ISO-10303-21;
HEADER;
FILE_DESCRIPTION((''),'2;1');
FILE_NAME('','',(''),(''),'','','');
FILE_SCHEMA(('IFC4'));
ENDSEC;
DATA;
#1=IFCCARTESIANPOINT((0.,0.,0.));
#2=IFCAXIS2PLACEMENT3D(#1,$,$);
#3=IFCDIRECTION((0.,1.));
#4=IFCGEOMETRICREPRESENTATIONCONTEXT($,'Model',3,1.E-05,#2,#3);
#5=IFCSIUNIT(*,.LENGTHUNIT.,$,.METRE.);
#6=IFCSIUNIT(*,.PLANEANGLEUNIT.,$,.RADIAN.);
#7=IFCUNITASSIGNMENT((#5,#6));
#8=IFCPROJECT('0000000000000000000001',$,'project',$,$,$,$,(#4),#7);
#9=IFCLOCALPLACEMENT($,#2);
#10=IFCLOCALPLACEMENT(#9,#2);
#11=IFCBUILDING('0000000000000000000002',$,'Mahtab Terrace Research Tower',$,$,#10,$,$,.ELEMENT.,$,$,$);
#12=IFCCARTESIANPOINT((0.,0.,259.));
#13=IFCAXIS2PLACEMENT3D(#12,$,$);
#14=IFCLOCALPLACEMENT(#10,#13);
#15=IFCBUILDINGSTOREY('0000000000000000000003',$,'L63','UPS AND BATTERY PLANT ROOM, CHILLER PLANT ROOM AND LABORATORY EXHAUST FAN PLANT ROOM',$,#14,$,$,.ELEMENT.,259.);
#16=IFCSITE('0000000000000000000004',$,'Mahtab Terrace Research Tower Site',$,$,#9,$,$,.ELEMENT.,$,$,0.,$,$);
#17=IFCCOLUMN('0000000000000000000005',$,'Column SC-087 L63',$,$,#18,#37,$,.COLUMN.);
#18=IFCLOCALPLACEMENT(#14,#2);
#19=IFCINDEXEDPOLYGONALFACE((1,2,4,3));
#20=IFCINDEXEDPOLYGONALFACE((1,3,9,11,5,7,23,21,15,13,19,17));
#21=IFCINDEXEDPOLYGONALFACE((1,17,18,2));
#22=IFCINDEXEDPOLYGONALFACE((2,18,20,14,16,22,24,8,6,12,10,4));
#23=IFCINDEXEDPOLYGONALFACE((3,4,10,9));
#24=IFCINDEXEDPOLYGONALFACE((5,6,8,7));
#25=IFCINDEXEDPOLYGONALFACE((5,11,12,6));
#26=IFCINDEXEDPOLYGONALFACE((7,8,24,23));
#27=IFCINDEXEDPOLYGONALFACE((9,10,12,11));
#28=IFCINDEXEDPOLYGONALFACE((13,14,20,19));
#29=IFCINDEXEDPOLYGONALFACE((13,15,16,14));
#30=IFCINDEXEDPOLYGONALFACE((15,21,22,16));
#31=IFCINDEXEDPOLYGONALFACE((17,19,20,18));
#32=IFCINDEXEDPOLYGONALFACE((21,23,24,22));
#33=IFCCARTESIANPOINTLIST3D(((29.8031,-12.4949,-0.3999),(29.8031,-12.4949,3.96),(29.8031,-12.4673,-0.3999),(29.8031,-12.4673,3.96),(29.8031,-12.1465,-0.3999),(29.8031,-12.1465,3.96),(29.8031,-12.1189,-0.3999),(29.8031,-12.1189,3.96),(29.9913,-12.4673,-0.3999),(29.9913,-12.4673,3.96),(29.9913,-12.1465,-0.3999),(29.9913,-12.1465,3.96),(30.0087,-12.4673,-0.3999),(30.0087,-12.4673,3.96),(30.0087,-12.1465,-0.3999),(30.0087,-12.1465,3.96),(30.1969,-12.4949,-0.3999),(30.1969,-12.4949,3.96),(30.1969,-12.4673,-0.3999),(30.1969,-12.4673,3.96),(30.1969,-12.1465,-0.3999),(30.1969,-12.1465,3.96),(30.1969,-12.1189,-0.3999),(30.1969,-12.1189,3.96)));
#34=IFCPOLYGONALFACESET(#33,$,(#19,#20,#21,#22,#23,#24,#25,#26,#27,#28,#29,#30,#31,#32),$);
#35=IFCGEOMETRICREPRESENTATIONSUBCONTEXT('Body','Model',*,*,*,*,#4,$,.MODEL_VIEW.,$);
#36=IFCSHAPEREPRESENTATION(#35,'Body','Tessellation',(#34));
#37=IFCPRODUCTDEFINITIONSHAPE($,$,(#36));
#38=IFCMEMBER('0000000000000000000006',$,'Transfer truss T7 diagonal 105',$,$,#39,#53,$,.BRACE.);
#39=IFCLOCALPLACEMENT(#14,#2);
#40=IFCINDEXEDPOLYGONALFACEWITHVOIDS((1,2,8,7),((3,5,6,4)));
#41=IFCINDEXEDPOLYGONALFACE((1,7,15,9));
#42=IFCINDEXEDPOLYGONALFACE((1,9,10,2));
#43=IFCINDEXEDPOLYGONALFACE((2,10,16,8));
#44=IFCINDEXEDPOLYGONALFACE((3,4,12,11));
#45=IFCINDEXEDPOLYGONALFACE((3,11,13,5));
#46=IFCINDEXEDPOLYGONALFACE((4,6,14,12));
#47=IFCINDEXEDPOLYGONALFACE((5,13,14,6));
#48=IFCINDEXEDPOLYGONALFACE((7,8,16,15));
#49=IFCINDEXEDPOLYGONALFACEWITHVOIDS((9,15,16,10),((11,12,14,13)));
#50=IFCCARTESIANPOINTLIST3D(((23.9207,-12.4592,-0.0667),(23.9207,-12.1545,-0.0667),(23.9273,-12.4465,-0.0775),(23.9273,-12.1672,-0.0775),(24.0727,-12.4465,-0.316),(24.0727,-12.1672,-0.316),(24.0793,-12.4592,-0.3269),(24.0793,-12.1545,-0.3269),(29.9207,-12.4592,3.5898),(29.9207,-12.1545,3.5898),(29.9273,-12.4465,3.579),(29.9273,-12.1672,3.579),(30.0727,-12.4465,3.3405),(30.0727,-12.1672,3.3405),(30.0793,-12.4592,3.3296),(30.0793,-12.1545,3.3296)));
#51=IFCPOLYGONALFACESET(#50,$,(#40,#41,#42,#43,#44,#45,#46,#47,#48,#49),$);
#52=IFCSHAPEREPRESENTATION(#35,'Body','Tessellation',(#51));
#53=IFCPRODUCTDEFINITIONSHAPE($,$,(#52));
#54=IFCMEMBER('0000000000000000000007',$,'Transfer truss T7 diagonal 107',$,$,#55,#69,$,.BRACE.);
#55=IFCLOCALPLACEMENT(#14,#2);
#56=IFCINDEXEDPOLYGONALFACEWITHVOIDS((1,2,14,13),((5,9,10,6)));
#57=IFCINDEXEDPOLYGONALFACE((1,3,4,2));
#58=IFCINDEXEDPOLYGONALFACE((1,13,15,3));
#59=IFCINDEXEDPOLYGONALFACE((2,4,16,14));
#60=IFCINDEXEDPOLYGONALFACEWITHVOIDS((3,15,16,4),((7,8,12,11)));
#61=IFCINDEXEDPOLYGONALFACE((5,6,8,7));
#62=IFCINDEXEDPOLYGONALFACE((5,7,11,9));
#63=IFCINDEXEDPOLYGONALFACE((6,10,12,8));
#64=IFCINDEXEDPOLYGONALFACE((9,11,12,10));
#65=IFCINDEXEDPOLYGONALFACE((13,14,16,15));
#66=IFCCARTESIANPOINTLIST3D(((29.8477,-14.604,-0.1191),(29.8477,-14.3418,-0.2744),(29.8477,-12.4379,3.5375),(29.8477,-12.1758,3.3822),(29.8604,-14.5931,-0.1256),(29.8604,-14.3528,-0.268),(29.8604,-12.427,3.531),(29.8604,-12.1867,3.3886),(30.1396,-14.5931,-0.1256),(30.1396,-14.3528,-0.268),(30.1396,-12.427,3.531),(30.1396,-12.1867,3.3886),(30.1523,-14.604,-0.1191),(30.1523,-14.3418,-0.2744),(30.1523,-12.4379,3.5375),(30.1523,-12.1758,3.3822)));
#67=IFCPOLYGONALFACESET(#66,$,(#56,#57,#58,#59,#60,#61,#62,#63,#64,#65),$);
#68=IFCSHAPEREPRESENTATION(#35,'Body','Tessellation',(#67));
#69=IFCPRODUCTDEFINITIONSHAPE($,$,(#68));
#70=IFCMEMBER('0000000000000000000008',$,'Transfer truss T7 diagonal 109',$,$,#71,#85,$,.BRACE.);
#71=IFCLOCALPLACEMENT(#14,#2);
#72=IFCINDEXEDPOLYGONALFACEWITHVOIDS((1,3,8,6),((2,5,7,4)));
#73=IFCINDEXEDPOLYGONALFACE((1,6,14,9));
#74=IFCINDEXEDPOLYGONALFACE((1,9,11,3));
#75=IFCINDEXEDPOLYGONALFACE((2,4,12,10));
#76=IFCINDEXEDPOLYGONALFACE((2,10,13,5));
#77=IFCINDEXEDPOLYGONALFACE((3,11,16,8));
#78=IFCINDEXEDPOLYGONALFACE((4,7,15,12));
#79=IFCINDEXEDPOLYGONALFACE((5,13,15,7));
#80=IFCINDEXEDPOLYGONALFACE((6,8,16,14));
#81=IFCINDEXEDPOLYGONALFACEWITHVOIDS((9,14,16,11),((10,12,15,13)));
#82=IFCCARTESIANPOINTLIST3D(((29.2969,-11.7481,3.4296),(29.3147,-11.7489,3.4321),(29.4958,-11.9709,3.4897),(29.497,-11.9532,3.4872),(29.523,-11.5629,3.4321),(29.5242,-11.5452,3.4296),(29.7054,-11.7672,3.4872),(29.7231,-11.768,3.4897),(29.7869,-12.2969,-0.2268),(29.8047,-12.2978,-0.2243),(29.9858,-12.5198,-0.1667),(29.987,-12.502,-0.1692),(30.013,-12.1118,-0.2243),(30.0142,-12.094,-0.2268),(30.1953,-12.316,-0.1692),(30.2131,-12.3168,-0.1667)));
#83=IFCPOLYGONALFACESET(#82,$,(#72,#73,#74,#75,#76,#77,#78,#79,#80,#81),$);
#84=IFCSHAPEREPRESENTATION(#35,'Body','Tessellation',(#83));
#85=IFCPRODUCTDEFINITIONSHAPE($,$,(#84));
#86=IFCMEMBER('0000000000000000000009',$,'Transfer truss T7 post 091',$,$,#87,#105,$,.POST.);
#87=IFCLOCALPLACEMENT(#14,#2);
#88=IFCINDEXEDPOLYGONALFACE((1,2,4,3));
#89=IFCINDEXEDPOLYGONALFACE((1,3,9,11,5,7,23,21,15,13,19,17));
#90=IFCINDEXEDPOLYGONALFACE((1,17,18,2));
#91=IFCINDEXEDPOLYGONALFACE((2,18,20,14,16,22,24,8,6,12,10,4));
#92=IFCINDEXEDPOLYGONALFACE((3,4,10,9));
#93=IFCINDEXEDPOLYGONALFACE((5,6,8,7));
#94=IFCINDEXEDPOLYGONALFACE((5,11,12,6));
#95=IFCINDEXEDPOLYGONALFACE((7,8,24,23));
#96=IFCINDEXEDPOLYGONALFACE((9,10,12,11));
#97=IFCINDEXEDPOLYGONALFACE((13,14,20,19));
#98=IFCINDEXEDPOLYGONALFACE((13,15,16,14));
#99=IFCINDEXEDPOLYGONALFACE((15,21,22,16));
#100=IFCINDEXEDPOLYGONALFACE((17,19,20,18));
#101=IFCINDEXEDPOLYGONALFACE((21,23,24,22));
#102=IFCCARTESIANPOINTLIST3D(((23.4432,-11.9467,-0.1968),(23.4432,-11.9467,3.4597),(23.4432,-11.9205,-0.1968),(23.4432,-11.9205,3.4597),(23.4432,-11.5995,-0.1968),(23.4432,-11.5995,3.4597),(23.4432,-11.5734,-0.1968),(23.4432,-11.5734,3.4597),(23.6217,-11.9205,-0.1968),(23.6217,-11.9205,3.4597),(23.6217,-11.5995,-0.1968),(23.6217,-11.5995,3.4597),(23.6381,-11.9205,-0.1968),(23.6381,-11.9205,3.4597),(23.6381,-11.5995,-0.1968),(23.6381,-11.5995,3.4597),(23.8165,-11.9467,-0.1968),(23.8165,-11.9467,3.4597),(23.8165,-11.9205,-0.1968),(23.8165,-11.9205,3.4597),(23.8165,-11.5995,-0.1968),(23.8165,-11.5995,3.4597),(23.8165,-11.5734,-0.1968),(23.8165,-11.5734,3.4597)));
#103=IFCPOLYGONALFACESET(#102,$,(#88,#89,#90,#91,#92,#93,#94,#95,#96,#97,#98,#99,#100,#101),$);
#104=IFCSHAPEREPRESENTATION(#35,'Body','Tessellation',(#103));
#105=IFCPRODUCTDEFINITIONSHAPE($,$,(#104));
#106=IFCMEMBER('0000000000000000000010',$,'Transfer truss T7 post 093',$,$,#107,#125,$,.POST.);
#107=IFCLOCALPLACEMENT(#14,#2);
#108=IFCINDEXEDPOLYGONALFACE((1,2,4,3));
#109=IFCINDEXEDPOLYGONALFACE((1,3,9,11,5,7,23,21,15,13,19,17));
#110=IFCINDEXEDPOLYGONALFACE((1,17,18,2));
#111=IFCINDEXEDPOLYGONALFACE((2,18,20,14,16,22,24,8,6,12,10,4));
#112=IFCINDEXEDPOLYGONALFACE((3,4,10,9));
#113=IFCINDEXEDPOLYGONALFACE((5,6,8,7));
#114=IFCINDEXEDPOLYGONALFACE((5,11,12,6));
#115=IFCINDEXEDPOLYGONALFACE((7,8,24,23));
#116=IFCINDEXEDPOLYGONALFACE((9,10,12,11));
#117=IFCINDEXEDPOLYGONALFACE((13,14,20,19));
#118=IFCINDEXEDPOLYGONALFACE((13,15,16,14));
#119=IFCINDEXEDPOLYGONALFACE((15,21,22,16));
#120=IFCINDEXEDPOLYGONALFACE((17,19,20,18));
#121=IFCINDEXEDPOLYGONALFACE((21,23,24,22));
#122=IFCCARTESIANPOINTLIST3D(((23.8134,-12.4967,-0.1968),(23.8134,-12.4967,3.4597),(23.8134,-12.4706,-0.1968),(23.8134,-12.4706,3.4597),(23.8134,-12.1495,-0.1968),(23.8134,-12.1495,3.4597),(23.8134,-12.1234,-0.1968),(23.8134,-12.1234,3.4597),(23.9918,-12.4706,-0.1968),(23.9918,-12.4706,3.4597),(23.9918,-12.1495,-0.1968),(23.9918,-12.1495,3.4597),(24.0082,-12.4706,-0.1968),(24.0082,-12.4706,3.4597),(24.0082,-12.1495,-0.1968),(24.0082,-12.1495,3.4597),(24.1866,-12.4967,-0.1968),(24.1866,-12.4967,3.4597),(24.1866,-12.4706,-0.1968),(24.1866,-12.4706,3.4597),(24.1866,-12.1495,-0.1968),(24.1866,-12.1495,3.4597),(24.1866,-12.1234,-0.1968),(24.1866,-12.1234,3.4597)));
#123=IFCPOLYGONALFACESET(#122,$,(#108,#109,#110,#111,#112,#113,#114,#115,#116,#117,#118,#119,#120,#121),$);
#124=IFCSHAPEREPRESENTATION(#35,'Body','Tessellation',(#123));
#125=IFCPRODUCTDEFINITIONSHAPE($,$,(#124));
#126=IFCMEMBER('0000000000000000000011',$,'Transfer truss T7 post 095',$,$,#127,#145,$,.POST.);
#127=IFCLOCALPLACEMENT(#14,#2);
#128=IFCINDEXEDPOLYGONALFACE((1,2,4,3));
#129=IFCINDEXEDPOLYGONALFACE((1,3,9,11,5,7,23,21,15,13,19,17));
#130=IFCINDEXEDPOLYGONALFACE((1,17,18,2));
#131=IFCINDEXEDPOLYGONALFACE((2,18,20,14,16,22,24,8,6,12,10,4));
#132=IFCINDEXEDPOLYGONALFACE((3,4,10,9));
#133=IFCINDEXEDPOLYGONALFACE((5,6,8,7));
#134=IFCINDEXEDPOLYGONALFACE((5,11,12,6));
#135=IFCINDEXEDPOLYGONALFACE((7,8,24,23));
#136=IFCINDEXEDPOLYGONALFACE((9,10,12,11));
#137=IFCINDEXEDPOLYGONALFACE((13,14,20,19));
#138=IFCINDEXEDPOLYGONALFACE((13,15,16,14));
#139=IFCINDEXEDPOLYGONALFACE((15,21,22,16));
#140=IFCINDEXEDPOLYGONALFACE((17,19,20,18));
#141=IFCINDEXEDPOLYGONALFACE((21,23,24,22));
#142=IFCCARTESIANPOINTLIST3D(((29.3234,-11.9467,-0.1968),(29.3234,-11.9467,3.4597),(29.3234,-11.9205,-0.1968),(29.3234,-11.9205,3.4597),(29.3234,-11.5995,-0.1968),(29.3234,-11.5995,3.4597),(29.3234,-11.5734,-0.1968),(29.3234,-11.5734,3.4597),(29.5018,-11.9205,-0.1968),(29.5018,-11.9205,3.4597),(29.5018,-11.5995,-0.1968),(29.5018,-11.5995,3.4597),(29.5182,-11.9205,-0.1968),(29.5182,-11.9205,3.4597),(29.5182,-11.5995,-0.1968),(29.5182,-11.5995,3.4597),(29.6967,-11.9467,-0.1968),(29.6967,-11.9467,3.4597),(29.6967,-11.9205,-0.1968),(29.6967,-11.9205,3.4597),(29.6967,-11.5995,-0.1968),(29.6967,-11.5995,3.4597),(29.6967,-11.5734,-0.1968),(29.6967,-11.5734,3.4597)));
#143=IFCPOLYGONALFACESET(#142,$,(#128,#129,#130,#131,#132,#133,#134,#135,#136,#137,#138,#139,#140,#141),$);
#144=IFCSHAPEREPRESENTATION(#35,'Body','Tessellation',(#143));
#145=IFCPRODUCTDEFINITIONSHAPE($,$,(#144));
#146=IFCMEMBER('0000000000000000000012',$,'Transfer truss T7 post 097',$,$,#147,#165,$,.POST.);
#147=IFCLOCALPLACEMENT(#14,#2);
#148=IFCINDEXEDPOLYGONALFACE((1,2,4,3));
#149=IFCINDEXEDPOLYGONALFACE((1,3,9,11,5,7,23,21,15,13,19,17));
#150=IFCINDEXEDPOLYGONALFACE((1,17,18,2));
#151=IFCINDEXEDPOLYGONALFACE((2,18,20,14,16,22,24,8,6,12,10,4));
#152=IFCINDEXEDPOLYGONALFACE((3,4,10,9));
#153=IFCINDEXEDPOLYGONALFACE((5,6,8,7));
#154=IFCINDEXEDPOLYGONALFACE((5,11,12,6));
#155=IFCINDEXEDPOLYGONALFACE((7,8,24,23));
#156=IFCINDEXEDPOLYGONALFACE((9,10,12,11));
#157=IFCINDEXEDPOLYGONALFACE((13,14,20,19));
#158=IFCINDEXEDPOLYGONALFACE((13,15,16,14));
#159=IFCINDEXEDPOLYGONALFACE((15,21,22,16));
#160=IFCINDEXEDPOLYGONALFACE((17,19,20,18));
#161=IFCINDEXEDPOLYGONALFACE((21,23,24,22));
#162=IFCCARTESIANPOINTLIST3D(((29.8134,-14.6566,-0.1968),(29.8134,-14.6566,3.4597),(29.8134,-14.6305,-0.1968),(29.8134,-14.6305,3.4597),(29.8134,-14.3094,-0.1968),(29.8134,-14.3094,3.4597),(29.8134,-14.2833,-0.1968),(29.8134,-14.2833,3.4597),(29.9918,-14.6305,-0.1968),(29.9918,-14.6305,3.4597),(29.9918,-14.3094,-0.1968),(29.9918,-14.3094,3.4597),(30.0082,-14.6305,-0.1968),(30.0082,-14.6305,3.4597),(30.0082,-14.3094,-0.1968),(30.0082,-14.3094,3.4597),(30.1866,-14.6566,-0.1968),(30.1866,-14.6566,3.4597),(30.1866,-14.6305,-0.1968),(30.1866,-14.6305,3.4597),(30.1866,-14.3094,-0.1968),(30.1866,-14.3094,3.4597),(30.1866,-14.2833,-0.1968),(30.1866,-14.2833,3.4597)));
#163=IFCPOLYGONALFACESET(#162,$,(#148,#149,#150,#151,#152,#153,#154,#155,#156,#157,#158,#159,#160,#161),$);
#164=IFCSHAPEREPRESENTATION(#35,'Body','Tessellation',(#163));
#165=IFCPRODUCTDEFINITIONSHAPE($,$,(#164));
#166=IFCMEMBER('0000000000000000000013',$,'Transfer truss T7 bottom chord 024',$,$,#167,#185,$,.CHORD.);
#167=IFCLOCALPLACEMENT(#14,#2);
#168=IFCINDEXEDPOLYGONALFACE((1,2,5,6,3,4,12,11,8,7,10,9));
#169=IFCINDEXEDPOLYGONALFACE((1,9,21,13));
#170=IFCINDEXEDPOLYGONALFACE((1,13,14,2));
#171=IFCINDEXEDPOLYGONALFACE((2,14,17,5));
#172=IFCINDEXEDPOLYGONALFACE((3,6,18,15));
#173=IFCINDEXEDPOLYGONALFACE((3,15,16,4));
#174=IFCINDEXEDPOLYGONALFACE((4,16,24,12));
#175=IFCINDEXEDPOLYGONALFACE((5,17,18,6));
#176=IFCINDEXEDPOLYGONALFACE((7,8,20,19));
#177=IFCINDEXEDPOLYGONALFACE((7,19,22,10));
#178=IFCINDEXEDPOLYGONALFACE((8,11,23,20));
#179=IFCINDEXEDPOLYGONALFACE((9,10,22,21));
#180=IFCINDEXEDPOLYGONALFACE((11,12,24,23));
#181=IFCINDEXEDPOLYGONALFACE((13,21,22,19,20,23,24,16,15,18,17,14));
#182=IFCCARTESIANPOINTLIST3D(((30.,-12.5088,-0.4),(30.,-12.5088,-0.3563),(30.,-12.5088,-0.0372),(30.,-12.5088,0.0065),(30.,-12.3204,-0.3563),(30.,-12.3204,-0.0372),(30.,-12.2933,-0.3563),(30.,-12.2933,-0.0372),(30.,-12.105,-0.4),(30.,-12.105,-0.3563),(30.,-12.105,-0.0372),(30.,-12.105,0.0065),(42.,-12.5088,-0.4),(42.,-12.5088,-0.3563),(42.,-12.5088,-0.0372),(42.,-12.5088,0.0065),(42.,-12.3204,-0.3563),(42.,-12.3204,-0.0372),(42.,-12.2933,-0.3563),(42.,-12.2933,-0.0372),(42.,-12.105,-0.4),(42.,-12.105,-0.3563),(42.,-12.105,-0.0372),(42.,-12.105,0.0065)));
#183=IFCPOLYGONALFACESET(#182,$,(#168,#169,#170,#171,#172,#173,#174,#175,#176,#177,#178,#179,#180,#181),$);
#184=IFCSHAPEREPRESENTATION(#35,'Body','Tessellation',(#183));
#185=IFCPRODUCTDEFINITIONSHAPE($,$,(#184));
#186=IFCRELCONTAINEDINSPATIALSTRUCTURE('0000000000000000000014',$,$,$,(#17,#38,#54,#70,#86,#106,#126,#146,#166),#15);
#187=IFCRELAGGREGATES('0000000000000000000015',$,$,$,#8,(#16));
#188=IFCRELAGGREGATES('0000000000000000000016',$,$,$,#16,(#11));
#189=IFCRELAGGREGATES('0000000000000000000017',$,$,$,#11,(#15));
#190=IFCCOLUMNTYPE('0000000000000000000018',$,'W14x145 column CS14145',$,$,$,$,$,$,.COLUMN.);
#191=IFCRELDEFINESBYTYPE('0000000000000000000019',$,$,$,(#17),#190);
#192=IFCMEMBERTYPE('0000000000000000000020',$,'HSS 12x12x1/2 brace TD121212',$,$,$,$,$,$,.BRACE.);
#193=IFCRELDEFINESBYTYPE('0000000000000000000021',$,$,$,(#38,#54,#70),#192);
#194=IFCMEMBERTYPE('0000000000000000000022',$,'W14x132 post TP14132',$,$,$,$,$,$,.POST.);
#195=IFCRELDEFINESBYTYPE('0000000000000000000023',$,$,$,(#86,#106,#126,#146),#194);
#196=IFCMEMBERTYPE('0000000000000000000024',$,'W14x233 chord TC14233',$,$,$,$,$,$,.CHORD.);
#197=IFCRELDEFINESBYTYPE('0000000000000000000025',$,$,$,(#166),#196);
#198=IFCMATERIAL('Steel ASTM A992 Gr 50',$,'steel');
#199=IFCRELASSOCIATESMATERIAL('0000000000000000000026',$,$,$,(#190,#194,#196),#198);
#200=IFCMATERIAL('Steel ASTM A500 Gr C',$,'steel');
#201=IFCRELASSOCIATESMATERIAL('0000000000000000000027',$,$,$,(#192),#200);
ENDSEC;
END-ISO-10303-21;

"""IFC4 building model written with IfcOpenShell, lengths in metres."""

from ifc_helpers import new_model, si_unit, direction, frame, origin, origin_2d, place, context, subcontext, project, spatial, hollow_rectangle, i_section, extrude, material, material_profile, profile_set, type_object, element, save


model = new_model("IFC4")

# Units and contexts
model_context = context("Model", 3, precision=1e-05, world=origin(), true_north=direction((0.0, 1.0)))
body_context = subcontext(model_context, "Body", "Model", "MODEL_VIEW")
ifc_project = project(units=[si_unit("LENGTHUNIT", "METRE"), si_unit("PLANEANGLEUNIT", "RADIAN")], contexts=[model_context])

# Site, building, storey
site_placement = place(None, origin())
site = spatial("IfcSite", under=ifc_project, at=site_placement, Name="Mahtab Terrace Research Tower Site", CompositionType="ELEMENT", RefElevation=0.0)
building_placement = place(site_placement, origin())
building = spatial("IfcBuilding", under=site, at=building_placement, Name="Mahtab Terrace Research Tower", CompositionType="ELEMENT")
storey_placement = place(building_placement, frame((0.0, 0.0, 259.0)))
storey = spatial("IfcBuildingStorey", under=building, at=storey_placement, Name="L63", Description="UPS AND BATTERY PLANT ROOM, CHILLER PLANT ROOM AND LABORATORY EXHAUST FAN PLANT ROOM", CompositionType="ELEMENT", Elevation=259.0)

# Column
ifc_material_1 = material(Name="Steel ASTM A992 Gr 50", Category="steel")
ifc_material_profile_1 = material_profile(ifc_material_1, i_section(OverallWidth=0.3938, OverallDepth=0.376, WebThickness=0.0173, FlangeThickness=0.0276, at=origin_2d()), Name="W14X145")
ifc_profile_set_1 = profile_set([ifc_material_profile_1], Name="Steel ASTM A992 Gr 50")
column_type = type_object("IfcColumnType", Name="W14x145 column CS14145", PredefinedType="COLUMN", material=ifc_profile_set_1)
column_placement = place(storey_placement, frame((30.0, -12.3069, -0.3999), z_axis=(0.0, 0.0, 1.0), x_axis=(1.0, 0.0, 0.0)))
element("IfcColumn", 1, at=column_placement, inside=storey, type_object=column_type, Name="Column SC-087 L63", PredefinedType="COLUMN", context=body_context, shape_type="SweptSolid", body=[
    extrude(i_section(OverallWidth=0.3938, OverallDepth=0.376, WebThickness=0.0173, FlangeThickness=0.0276, at=origin_2d()), origin(), (0.0, 0.0, 1.0), 4.3599),
])

# Members
ifc_material_2 = material(Name="Steel ASTM A500 Gr C", Category="steel")
ifc_material_profile_2 = material_profile(ifc_material_2, hollow_rectangle(XDim=0.3047, YDim=0.3047, WallThickness=0.0127, at=origin_2d()), Name="HSS12X12X1/2")
ifc_profile_set_2 = profile_set([ifc_material_profile_2], Name="Steel ASTM A500 Gr C")
member_type_1 = type_object("IfcMemberType", Name="HSS 12x12x1/2 brace TD121212", PredefinedType="BRACE", material=ifc_profile_set_2)
member_1_placement = place(storey_placement, frame((24.0, -12.3069, -0.1968), z_axis=(0.853925, 0.0, 0.520396), x_axis=(0.0, 1.0, 0.0)))
element("IfcMember", 2, at=member_1_placement, inside=storey, type_object=member_type_1, Name="Transfer truss T7 diagonal 105", PredefinedType="BRACE", context=body_context, shape_type="SweptSolid", body=[
    extrude(hollow_rectangle(XDim=0.3047, YDim=0.3047, WallThickness=0.0127, at=origin_2d()), origin(), (0.0, 0.0, 1.0), 7.0264),
])
member_2_placement = place(storey_placement, frame((30.0, -14.4729, -0.1968), z_axis=(0.0, 0.509664, 0.860374), x_axis=(-1.0, 0.0, 0.0)))
element("IfcMember", 3, at=member_2_placement, inside=storey, type_object=member_type_1, Name="Transfer truss T7 diagonal 107", PredefinedType="BRACE", context=body_context, shape_type="SweptSolid", body=[
    extrude(hollow_rectangle(XDim=0.3047, YDim=0.3047, WallThickness=0.0127, at=origin_2d()), origin(), (0.0, 0.0, 1.0), 4.25),
])
member_3_placement = place(storey_placement, frame((30.0, -12.3069, -0.1968), z_axis=(-0.131372, 0.147148, 0.980351), x_axis=(-0.745961, -0.665989, 0.0)))
element("IfcMember", 4, at=member_3_placement, inside=storey, type_object=member_type_1, Name="Transfer truss T7 diagonal 109", PredefinedType="BRACE", context=body_context, shape_type="SweptSolid", body=[
    extrude(hollow_rectangle(XDim=0.3047, YDim=0.3047, WallThickness=0.0127, at=origin_2d()), origin(), (0.0, 0.0, 1.0), 3.7297),
])
ifc_material_profile_3 = material_profile(ifc_material_1, i_section(OverallWidth=0.3733, OverallDepth=0.3733, WebThickness=0.0164, FlangeThickness=0.0261, at=origin_2d()), Name="W14X132")
ifc_profile_set_3 = profile_set([ifc_material_profile_3], Name="Steel ASTM A992 Gr 50")
member_type_2 = type_object("IfcMemberType", Name="W14x132 post TP14132", PredefinedType="POST", material=ifc_profile_set_3)
for number, where, z_axis, x_axis, name in (
    (5, (23.6299, -11.76, -0.1968), (0.0, 0.0, 1.0), (1.0, 0.0, 0.0), "Transfer truss T7 post 091"),
    (6, (24.0, -12.3101, -0.1968), (0.0, 0.0, 1.0), (1.0, 0.0, 0.0), "Transfer truss T7 post 093"),
    (7, (29.51, -11.76, -0.1968), (0.0, 0.0, 1.0), (1.0, 0.0, 0.0), "Transfer truss T7 post 095"),
    (8, (30.0, -14.47, -0.1968), (0.0, 0.0, 1.0), (1.0, 0.0, 0.0), "Transfer truss T7 post 097"),
):
    element("IfcMember", number, at=place(storey_placement, frame(where, z_axis=z_axis, x_axis=x_axis)), inside=storey, type_object=member_type_2, Name=name, PredefinedType="POST", context=body_context, shape_type="SweptSolid", body=[
        extrude(i_section(OverallWidth=0.3733, OverallDepth=0.3733, WebThickness=0.0164, FlangeThickness=0.0261, at=origin_2d()), origin(), (0.0, 0.0, 1.0), 3.6565),
    ])
ifc_material_profile_4 = material_profile(ifc_material_1, i_section(OverallWidth=0.4038, OverallDepth=0.4065, WebThickness=0.0271, FlangeThickness=0.0437, at=origin_2d()), Name="W14X233")
ifc_profile_set_4 = profile_set([ifc_material_profile_4], Name="Steel ASTM A992 Gr 50")
member_type_3 = type_object("IfcMemberType", Name="W14x233 chord TC14233", PredefinedType="CHORD", material=ifc_profile_set_4)
member_4_placement = place(storey_placement, frame((30.0, -12.3069, -0.1968), z_axis=(1.0, 0.0, 0.0), x_axis=(0.0, 1.0, 0.0)))
element("IfcMember", 9, at=member_4_placement, inside=storey, type_object=member_type_3, Name="Transfer truss T7 bottom chord 024", PredefinedType="CHORD", context=body_context, shape_type="SweptSolid", body=[
    extrude(i_section(OverallWidth=0.4038, OverallDepth=0.4065, WebThickness=0.0271, FlangeThickness=0.0437, at=origin_2d()), origin(), (0.0, 0.0, 1.0), 12.0),
])

save(model, "model.ifc")
